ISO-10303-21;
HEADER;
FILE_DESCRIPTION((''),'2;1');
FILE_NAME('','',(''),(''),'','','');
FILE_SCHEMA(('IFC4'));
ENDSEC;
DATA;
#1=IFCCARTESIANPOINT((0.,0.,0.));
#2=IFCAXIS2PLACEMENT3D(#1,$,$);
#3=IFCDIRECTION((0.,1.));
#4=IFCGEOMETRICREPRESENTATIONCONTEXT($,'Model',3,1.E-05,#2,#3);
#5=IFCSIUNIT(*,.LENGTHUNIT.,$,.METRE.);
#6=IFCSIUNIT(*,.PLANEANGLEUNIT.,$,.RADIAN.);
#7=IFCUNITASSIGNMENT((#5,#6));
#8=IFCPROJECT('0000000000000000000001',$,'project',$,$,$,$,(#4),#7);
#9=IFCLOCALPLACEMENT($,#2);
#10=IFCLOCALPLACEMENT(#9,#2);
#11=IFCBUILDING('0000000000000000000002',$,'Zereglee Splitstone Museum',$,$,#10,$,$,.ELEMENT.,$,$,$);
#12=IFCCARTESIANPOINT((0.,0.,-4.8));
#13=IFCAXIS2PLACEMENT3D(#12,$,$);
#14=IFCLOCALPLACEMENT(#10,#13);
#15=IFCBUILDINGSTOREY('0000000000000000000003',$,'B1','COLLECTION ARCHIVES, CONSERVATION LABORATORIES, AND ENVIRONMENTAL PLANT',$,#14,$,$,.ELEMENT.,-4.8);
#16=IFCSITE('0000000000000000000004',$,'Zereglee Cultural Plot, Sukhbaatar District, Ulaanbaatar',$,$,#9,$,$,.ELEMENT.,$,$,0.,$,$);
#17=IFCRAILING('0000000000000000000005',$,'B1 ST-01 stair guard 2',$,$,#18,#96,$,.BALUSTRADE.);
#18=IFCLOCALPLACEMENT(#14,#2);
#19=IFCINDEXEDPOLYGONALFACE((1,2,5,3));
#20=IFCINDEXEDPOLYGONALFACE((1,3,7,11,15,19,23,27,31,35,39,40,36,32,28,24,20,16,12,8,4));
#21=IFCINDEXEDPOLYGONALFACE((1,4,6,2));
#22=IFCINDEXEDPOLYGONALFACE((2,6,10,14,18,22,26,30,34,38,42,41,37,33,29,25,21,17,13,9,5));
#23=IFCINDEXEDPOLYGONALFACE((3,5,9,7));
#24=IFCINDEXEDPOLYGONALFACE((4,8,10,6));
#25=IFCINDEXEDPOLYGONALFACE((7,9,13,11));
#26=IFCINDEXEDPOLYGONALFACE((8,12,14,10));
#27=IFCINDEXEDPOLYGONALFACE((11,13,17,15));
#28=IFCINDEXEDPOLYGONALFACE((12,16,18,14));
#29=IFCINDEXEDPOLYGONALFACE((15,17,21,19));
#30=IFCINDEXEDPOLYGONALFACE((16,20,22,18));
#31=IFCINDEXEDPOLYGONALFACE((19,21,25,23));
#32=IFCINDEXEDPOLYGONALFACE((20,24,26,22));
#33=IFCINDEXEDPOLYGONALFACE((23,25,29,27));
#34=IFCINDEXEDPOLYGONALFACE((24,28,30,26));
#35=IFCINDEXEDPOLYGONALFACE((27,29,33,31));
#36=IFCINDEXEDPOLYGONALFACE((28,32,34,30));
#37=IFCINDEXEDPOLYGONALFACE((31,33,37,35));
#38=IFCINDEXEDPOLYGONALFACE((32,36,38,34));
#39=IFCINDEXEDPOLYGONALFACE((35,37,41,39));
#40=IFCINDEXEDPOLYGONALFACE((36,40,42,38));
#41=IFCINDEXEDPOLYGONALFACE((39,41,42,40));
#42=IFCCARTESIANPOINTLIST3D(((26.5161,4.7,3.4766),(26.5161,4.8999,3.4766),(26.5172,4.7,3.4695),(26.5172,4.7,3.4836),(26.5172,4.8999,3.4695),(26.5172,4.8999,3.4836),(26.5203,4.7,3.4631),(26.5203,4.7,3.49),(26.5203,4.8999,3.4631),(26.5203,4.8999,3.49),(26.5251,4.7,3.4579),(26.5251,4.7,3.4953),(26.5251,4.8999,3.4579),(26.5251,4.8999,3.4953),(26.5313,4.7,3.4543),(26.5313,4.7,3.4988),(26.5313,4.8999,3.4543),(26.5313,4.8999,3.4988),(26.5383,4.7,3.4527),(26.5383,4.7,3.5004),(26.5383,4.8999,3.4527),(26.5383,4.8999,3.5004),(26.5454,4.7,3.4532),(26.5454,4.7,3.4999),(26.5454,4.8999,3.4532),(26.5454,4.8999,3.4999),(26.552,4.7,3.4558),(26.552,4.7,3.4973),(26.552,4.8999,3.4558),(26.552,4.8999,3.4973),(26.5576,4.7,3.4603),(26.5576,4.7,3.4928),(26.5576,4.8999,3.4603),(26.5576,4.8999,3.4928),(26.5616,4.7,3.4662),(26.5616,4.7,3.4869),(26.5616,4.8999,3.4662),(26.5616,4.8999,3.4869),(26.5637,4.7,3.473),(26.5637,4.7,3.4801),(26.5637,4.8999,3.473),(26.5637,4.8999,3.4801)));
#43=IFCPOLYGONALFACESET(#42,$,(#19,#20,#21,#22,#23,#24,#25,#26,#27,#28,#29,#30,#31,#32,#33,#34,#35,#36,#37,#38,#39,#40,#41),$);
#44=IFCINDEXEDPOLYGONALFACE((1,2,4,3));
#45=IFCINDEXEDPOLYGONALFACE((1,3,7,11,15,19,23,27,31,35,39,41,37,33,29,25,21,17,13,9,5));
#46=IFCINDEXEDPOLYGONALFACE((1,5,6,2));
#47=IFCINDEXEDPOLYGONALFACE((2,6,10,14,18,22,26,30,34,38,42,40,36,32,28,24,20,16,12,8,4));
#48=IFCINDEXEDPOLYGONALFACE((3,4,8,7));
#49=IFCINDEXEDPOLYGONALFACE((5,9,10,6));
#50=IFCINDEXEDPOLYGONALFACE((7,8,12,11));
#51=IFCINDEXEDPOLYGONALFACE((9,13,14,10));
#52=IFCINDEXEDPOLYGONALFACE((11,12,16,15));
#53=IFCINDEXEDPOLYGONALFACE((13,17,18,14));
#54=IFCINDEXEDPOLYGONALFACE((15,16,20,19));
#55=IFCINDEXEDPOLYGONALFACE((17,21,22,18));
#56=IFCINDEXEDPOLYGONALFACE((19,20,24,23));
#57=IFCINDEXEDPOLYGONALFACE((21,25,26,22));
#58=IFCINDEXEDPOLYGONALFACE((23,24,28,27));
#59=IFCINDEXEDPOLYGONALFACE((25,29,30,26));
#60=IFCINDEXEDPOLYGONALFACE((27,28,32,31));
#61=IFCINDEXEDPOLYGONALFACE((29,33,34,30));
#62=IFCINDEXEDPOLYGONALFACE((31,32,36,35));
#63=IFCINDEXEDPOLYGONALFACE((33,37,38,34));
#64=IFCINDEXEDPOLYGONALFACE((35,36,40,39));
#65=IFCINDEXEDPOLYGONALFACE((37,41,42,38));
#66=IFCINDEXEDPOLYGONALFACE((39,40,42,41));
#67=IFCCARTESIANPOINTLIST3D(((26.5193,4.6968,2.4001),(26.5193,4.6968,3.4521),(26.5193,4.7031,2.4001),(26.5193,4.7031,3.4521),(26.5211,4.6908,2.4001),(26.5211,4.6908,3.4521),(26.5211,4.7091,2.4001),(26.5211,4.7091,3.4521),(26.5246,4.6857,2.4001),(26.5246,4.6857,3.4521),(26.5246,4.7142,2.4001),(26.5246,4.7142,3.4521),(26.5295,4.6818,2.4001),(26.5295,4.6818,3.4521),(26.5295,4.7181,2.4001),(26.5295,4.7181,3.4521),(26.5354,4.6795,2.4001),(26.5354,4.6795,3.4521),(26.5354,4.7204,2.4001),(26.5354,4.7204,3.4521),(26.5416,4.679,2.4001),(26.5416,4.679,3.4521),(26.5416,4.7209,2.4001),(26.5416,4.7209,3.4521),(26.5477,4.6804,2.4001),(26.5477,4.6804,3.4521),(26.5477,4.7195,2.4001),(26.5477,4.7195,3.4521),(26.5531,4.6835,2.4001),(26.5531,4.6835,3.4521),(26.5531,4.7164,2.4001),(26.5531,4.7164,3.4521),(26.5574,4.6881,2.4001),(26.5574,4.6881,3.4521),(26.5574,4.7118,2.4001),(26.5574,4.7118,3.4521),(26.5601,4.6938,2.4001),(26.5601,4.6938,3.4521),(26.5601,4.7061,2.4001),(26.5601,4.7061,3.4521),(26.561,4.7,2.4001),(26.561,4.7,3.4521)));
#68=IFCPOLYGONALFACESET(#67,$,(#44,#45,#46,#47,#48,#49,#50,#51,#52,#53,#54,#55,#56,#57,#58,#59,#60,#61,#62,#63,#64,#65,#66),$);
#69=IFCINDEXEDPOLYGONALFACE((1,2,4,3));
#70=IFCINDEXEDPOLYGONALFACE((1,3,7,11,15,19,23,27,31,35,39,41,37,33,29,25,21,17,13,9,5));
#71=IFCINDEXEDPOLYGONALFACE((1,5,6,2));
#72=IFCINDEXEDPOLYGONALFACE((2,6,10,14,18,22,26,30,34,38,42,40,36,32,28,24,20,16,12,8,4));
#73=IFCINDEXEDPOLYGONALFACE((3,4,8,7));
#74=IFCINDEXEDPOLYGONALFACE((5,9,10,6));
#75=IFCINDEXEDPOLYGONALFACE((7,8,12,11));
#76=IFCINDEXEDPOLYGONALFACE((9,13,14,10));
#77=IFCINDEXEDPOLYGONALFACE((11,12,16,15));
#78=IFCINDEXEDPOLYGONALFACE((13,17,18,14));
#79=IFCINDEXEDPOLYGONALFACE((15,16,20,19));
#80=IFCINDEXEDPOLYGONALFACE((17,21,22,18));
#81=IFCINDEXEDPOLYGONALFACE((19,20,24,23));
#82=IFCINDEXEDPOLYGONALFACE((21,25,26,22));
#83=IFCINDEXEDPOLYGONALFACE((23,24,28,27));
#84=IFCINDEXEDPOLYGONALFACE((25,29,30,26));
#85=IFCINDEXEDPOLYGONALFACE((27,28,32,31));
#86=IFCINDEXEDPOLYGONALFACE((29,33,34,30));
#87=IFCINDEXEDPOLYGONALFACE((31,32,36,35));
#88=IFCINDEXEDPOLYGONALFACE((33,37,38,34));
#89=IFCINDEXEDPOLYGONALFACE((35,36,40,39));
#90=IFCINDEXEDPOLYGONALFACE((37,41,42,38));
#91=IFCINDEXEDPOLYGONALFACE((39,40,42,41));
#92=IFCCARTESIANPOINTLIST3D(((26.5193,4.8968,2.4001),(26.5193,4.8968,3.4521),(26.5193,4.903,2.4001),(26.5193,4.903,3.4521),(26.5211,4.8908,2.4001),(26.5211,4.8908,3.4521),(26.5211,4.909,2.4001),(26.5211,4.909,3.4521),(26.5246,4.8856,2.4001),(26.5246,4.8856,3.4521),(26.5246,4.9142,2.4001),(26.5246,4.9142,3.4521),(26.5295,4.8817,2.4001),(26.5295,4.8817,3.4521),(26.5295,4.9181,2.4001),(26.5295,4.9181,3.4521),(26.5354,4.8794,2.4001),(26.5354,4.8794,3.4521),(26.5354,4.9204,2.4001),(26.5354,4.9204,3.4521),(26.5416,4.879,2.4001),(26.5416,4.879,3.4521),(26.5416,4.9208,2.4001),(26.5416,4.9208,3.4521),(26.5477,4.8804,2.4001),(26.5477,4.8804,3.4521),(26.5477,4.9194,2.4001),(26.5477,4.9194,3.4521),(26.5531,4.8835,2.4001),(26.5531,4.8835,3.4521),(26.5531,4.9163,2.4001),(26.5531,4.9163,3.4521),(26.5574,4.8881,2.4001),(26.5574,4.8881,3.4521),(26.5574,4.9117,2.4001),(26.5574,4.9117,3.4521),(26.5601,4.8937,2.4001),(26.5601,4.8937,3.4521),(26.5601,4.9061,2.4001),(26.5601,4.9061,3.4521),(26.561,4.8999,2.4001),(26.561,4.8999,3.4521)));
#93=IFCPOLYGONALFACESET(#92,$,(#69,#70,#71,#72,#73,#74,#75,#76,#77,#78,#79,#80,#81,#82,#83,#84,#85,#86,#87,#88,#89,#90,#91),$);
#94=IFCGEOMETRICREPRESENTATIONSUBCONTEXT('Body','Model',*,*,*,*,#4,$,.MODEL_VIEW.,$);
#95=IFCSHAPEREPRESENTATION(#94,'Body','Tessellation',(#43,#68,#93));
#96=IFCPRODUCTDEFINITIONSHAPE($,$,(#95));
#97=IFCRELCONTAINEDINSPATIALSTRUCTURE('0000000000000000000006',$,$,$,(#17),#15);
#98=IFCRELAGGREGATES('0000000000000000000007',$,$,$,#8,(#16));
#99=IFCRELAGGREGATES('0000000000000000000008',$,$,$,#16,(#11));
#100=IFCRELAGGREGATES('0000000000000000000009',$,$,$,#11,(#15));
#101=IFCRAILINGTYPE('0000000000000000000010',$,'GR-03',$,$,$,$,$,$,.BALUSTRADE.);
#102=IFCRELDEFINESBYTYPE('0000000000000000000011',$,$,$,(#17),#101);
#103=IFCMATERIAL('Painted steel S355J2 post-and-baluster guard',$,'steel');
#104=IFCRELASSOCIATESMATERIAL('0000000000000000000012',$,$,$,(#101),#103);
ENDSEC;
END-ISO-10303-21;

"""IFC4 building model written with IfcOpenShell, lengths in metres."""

from ifc_helpers import new_model, si_unit, direction, frame, origin, origin_2d, place, context, subcontext, project, spatial, circle, extrude, material, type_object, element, save


model = new_model("IFC4")

# Units and contexts
model_context = context("Model", 3, precision=1e-05, world=origin(), true_north=direction((0.0, 1.0)))
body_context = subcontext(model_context, "Body", "Model", "MODEL_VIEW")
ifc_project = project(units=[si_unit("LENGTHUNIT", "METRE"), si_unit("PLANEANGLEUNIT", "RADIAN")], contexts=[model_context])

# Site, building, storey
site_placement = place(None, origin())
site = spatial("IfcSite", under=ifc_project, at=site_placement, Name="Zereglee Cultural Plot, Sukhbaatar District, Ulaanbaatar", CompositionType="ELEMENT", RefElevation=0.0)
building_placement = place(site_placement, origin())
building = spatial("IfcBuilding", under=site, at=building_placement, Name="Zereglee Splitstone Museum", CompositionType="ELEMENT")
storey_placement = place(building_placement, frame((0.0, 0.0, -4.8)))
storey = spatial("IfcBuildingStorey", under=building, at=storey_placement, Name="B1", Description="COLLECTION ARCHIVES, CONSERVATION LABORATORIES, AND ENVIRONMENTAL PLANT", CompositionType="ELEMENT", Elevation=-4.8)

# Railing
ifc_material_1 = material(Name="Painted steel S355J2 post-and-baluster guard", Category="steel")
railing_type_1 = type_object("IfcRailingType", Name="GR-03", PredefinedType="BALUSTRADE", material=ifc_material_1)
railing_1_placement = place(storey_placement, frame((26.54, 4.7, 2.4001)))
element("IfcRailing", 1, at=railing_1_placement, inside=storey, type_object=railing_type_1, Name="B1 ST-01 stair guard 2", PredefinedType="BALUSTRADE", context=body_context, shape_type="SweptSolid", body=[
    extrude(circle(Radius=0.0239, at=origin_2d()), frame((0.0, 0.0, 1.0764), z_axis=(0.0, 1.0, 0.0), x_axis=(-1.0, 0.0, 0.0)), (0.0, 0.0, 1.0), 0.2),
    extrude(circle(Radius=0.021, at=origin_2d()), origin(), (0.0, 0.0, 1.0), 1.052),
    extrude(circle(Radius=0.021, at=origin_2d()), frame((0.0, 0.2, 0.0)), (0.0, 0.0, 1.0), 1.052),
])

save(model, "model.ifc")
